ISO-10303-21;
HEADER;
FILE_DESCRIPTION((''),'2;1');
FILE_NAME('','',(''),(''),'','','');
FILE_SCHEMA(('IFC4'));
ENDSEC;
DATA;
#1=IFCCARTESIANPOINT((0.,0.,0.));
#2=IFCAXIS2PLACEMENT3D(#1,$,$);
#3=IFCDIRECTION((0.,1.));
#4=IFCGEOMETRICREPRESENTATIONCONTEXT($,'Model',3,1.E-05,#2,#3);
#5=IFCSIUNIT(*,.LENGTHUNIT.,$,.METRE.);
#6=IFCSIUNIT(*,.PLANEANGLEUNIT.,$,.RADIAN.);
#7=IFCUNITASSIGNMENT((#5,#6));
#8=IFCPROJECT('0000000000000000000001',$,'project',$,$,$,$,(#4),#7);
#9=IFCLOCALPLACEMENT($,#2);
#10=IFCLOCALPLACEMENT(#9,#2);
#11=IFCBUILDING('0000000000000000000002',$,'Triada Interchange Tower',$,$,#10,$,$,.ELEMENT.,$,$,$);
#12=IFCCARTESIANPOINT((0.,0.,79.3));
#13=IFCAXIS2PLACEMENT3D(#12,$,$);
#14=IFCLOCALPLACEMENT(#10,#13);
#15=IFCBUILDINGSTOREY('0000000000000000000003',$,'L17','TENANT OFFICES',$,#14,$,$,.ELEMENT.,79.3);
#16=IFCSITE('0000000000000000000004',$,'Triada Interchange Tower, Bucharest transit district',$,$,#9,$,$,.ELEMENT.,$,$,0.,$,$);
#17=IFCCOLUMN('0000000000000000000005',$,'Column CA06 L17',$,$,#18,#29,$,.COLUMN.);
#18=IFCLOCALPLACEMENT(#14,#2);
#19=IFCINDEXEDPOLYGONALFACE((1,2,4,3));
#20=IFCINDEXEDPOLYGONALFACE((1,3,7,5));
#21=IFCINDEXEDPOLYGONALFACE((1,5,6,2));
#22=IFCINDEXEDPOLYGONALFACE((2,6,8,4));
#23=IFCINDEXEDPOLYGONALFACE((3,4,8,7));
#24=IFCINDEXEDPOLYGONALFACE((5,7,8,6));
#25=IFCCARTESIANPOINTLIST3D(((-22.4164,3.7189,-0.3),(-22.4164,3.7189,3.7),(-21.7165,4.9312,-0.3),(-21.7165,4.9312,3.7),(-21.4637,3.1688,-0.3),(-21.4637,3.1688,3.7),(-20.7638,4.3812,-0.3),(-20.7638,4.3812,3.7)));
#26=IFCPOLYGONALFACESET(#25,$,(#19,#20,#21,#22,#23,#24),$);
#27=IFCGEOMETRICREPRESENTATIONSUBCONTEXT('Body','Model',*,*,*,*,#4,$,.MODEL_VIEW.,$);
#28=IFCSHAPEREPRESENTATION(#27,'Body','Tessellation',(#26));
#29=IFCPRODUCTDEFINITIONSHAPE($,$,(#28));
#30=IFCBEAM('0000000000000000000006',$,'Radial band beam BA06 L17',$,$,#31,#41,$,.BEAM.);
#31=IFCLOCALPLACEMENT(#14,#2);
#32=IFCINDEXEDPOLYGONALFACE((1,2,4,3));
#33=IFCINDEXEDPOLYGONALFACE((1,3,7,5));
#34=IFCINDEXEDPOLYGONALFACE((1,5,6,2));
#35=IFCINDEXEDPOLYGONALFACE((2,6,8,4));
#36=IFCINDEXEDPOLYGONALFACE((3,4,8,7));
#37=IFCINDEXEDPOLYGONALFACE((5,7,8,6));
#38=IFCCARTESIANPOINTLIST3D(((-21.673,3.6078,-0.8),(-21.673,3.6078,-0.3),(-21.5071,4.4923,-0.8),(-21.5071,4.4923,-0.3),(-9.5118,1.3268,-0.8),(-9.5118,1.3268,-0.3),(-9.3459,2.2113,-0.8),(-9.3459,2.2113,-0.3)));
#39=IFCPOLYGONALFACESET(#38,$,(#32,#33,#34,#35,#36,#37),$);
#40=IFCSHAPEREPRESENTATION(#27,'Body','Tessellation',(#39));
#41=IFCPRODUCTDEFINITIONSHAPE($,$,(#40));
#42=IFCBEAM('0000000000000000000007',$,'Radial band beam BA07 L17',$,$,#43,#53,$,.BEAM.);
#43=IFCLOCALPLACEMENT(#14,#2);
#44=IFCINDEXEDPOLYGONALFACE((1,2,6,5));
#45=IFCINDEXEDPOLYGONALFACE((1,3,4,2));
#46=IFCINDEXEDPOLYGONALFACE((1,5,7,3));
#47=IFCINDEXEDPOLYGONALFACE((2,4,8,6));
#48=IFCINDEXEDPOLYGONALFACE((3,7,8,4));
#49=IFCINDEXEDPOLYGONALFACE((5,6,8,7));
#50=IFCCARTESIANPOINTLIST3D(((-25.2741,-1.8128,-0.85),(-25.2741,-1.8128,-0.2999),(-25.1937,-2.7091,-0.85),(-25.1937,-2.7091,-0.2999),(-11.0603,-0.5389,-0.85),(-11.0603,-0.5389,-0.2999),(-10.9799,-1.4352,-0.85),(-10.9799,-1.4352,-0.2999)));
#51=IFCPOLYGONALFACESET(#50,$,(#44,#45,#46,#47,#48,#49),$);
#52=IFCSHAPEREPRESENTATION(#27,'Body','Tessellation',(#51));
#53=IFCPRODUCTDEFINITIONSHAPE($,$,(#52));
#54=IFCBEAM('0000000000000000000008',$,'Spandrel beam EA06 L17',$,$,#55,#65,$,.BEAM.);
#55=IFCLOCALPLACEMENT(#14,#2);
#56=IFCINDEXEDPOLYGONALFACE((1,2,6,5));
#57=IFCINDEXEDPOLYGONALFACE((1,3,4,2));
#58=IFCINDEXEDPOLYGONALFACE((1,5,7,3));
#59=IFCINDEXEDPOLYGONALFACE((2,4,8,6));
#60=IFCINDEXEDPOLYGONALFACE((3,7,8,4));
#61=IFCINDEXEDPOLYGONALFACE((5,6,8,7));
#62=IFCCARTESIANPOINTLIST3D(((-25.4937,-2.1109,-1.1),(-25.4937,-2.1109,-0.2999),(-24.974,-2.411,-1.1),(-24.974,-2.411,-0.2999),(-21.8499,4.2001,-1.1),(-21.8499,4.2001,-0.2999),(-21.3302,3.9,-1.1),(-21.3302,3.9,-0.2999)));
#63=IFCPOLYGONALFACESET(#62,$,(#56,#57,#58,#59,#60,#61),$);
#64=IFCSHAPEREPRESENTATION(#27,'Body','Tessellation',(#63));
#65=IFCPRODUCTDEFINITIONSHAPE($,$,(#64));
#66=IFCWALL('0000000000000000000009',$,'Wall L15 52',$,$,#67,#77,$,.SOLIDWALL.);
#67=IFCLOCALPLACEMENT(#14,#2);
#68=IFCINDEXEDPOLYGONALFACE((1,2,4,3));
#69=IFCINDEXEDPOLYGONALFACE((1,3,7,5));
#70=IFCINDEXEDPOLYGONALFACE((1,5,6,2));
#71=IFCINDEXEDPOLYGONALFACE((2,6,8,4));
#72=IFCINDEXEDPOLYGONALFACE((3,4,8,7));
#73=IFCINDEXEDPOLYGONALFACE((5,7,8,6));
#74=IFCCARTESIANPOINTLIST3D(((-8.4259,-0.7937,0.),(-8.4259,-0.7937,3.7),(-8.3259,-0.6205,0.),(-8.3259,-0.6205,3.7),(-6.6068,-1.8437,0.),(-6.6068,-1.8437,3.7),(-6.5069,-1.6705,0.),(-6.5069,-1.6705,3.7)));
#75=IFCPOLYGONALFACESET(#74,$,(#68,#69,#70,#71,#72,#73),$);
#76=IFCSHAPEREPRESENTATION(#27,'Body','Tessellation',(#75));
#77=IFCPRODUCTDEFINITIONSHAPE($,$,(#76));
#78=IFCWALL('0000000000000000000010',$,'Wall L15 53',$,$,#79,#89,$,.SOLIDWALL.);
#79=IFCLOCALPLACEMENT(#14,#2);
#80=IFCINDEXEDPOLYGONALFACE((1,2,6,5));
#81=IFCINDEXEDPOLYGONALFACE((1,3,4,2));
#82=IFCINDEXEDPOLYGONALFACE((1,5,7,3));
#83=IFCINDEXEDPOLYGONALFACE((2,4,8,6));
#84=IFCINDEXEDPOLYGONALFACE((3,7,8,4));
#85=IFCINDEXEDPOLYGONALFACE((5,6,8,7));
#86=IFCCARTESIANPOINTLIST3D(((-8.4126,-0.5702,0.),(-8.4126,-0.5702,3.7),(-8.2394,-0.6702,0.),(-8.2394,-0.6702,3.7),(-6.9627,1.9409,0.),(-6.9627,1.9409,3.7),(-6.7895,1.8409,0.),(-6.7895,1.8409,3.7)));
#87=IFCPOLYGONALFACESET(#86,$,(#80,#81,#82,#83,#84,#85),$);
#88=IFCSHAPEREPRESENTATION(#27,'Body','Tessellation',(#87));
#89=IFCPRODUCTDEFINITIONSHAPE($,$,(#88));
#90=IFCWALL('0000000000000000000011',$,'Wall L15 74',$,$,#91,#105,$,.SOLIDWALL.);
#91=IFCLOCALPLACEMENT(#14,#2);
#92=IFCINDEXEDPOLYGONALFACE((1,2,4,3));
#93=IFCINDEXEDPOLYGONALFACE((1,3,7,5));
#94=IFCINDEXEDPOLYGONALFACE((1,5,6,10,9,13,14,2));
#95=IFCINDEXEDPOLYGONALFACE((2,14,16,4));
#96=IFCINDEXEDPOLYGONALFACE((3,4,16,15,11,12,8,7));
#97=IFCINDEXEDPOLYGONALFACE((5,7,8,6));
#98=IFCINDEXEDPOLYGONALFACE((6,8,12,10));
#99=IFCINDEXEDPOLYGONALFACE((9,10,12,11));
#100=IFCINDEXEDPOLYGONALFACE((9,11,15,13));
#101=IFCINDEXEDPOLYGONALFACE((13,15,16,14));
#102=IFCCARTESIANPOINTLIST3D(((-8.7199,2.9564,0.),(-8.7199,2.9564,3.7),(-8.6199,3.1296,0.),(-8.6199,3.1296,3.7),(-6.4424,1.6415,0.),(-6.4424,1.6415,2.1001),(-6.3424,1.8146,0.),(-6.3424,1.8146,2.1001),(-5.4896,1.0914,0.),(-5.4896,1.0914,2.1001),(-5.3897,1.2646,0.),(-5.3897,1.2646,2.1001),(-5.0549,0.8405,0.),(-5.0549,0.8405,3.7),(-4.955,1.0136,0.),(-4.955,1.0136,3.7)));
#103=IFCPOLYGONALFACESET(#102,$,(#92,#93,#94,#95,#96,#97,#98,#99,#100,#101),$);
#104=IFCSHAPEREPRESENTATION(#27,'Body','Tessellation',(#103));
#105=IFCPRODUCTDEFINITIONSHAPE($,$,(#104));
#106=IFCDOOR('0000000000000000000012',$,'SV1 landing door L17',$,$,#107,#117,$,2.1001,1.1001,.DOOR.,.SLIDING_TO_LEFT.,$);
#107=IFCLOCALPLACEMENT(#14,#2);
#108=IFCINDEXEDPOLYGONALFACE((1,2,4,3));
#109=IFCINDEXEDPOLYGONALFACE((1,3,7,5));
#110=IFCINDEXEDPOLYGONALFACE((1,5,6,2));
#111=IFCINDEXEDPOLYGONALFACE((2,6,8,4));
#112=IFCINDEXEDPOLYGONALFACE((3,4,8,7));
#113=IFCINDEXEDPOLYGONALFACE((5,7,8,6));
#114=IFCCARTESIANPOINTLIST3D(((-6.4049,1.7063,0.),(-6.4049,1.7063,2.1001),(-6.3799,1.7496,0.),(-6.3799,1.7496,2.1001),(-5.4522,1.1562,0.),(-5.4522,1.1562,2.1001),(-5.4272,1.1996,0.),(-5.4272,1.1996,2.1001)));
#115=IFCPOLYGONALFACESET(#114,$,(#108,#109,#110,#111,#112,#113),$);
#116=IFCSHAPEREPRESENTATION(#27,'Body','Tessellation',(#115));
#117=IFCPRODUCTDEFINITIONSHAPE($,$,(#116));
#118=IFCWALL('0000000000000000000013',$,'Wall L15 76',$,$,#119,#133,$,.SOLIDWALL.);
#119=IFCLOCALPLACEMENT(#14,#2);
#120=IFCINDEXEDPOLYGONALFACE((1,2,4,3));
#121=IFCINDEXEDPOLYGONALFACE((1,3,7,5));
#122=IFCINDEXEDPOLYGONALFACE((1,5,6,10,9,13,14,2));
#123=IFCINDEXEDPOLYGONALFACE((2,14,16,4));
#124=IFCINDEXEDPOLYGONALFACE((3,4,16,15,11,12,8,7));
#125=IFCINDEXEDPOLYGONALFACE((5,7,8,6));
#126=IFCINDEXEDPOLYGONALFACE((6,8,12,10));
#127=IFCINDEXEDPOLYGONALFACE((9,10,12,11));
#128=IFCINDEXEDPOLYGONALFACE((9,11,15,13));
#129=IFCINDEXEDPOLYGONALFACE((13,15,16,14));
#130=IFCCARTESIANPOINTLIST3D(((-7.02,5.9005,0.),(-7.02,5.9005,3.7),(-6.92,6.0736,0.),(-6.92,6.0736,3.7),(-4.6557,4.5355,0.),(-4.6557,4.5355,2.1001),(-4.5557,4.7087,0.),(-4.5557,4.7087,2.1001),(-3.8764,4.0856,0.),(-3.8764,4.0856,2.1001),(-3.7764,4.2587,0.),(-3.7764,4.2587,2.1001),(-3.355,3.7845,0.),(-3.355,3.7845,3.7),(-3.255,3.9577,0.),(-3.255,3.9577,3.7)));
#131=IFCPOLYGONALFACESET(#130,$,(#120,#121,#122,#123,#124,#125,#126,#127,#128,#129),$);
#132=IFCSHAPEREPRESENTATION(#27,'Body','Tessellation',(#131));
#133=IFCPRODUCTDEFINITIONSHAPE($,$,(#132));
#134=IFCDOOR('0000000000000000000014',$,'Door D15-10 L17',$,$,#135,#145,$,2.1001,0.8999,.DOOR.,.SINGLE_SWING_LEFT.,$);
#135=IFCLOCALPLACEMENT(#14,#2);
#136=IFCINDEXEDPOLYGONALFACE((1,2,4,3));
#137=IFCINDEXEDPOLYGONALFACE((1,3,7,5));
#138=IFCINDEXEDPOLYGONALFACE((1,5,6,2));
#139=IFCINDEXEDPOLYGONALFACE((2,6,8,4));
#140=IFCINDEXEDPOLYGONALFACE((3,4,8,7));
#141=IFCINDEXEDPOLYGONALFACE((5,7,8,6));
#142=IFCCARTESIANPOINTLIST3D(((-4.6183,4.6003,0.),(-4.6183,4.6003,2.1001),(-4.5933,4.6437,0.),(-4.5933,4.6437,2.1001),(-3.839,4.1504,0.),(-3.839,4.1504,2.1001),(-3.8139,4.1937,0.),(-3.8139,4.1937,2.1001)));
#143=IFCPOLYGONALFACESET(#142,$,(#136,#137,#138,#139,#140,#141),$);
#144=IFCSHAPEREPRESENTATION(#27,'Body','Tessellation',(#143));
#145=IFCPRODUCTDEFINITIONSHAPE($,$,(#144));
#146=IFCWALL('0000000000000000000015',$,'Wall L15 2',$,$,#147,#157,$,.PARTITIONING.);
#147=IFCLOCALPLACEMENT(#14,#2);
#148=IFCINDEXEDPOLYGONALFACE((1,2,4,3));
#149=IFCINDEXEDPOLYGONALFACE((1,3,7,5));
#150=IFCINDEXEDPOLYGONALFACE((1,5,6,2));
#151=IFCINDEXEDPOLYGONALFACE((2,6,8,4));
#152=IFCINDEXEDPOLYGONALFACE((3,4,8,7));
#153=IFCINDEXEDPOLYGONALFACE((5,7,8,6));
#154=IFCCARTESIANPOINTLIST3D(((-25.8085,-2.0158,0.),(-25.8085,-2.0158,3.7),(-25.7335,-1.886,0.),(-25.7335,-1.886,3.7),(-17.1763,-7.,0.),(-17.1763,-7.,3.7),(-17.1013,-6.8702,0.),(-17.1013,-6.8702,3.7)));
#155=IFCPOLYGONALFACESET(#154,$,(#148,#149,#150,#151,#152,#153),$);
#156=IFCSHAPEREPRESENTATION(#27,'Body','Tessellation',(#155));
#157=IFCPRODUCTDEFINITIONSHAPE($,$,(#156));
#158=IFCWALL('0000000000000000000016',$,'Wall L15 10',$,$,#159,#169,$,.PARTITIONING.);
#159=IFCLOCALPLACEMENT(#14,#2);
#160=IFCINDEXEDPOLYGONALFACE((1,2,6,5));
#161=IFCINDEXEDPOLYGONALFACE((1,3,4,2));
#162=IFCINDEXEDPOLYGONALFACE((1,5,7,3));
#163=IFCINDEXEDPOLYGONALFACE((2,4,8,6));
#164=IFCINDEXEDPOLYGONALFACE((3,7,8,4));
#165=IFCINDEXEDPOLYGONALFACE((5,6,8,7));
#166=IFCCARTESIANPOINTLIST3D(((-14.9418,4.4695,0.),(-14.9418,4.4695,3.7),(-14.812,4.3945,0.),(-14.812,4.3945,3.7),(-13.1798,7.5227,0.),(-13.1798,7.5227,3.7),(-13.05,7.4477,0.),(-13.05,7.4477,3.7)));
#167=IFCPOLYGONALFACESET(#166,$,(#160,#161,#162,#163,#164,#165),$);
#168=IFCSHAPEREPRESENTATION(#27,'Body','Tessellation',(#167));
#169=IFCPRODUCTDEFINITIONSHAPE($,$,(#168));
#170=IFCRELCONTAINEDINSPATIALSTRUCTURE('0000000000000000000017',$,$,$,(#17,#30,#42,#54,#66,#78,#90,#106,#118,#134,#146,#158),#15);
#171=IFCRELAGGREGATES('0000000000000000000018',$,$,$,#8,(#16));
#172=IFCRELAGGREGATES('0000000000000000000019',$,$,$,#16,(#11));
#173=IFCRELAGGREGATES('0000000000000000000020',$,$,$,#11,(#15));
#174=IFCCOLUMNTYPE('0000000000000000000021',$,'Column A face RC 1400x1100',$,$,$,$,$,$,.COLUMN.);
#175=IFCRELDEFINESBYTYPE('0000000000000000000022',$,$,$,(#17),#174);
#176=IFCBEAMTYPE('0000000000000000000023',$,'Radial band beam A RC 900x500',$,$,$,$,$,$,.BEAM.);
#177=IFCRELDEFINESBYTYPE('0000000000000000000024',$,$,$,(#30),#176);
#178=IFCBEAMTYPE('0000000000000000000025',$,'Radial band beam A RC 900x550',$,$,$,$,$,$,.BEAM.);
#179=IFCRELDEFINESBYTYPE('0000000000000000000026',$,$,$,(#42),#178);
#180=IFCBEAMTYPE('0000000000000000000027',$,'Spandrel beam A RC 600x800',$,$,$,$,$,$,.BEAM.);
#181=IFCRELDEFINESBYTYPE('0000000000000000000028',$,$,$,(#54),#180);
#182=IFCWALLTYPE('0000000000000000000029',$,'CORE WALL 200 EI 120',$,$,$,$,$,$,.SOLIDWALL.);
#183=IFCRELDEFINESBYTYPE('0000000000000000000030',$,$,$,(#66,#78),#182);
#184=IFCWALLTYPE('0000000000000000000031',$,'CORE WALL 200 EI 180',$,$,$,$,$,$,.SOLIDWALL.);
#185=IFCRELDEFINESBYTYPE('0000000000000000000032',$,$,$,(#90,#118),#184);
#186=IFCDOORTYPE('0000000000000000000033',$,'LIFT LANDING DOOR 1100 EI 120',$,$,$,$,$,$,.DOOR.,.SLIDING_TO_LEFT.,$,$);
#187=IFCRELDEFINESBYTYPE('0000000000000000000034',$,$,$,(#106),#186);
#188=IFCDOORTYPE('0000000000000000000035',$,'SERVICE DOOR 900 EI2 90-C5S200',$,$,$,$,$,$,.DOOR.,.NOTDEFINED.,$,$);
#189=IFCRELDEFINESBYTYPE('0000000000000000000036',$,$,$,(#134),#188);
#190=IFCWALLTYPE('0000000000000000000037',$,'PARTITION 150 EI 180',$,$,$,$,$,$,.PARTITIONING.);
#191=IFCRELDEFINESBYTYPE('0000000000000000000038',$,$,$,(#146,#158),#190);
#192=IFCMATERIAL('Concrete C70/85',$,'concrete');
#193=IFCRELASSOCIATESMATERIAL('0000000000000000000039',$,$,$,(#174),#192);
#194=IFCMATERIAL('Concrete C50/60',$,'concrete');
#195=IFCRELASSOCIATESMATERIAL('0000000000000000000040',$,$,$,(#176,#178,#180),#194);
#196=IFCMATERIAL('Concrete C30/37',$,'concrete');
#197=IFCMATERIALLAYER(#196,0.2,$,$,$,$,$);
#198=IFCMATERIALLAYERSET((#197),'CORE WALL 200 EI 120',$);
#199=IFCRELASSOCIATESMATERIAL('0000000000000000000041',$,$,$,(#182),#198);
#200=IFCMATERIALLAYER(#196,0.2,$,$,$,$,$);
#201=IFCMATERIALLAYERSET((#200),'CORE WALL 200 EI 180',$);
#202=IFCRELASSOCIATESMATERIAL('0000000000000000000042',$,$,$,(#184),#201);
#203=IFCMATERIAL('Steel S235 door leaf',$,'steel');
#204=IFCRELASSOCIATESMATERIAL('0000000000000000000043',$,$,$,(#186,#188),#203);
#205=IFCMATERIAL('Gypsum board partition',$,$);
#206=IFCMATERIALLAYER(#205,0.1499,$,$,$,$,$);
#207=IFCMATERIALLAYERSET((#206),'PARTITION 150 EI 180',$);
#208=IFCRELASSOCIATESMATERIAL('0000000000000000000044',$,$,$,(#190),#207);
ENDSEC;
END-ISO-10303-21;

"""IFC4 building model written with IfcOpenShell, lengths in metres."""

from ifc_helpers import new_model, si_unit, direction, frame, frame_2d, origin, origin_2d, place, context, subcontext, project, spatial, rectangle, extrude, material, layer, layer_set, material_profile, profile_set, type_object, element, fill, save


model = new_model("IFC4")

# Units and contexts
model_context = context("Model", 3, precision=1e-05, world=origin(), true_north=direction((0.0, 1.0)))
body_context = subcontext(model_context, "Body", "Model", "MODEL_VIEW")
ifc_project = project(units=[si_unit("LENGTHUNIT", "METRE"), si_unit("PLANEANGLEUNIT", "RADIAN")], contexts=[model_context])

# Site, building, storey
site_placement = place(None, origin())
site = spatial("IfcSite", under=ifc_project, at=site_placement, Name="Triada Interchange Tower, Bucharest transit district", CompositionType="ELEMENT", RefElevation=0.0)
building_placement = place(site_placement, origin())
building = spatial("IfcBuilding", under=site, at=building_placement, Name="Triada Interchange Tower", CompositionType="ELEMENT")
storey_placement = place(building_placement, frame((0.0, 0.0, 79.3)))
storey = spatial("IfcBuildingStorey", under=building, at=storey_placement, Name="L17", Description="TENANT OFFICES", CompositionType="ELEMENT", Elevation=79.3)

# Column
ifc_material_1 = material(Name="Concrete C70/85", Category="concrete")
ifc_material_profile_1 = material_profile(ifc_material_1, rectangle(XDim=1.3999, YDim=1.1001, at=origin_2d()), Name="RC 1400x1100")
ifc_profile_set_1 = profile_set([ifc_material_profile_1], Name="Concrete C70/85")
column_type = type_object("IfcColumnType", Name="Column A face RC 1400x1100", PredefinedType="COLUMN", material=ifc_profile_set_1)
column_placement = place(storey_placement, frame((-21.5901, 4.05, -0.3), z_axis=(0.0, 0.0, 1.0), x_axis=(0.5, 0.866025, 0.0)))
element("IfcColumn", 1, at=column_placement, inside=storey, type_object=column_type, Name="Column CA06 L17", PredefinedType="COLUMN", context=body_context, shape_type="SweptSolid", body=[
    extrude(rectangle(XDim=1.3999, YDim=1.1001, at=origin_2d()), origin(), (0.0, 0.0, 1.0), 4.0),
])

# Beams
ifc_material_2 = material(Name="Concrete C50/60", Category="concrete")
ifc_material_profile_2 = material_profile(ifc_material_2, rectangle(XDim=0.8999, YDim=0.5, at=origin_2d()), Name="RC 900x500")
ifc_profile_set_2 = profile_set([ifc_material_profile_2], Name="Concrete C50/60")
beam_type_1 = type_object("IfcBeamType", Name="Radial band beam A RC 900x500", PredefinedType="BEAM", material=ifc_profile_set_2)
beam_1_placement = place(storey_placement, frame((-21.5901, 4.05, -0.55), z_axis=(0.982861, -0.18435, 0.0), x_axis=(0.18435, 0.982861, 0.0)))
element("IfcBeam", 2, at=beam_1_placement, inside=storey, type_object=beam_type_1, Name="Radial band beam BA06 L17", PredefinedType="BEAM", context=body_context, shape_type="SweptSolid", body=[
    extrude(rectangle(XDim=0.8999, YDim=0.5, at=origin_2d()), origin(), (0.0, 0.0, 1.0), 12.3733),
])
ifc_material_profile_3 = material_profile(ifc_material_2, rectangle(XDim=0.8999, YDim=0.55, at=origin_2d()), Name="RC 900x550")
ifc_profile_set_3 = profile_set([ifc_material_profile_3], Name="Concrete C50/60")
beam_type_2 = type_object("IfcBeamType", Name="Radial band beam A RC 900x550", PredefinedType="BEAM", material=ifc_profile_set_3)
beam_2_placement = place(storey_placement, frame((-25.2339, -2.261, -0.575), z_axis=(0.996008, 0.089268, 0.0), x_axis=(-0.089268, 0.996008, 0.0)))
element("IfcBeam", 3, at=beam_2_placement, inside=storey, type_object=beam_type_2, Name="Radial band beam BA07 L17", PredefinedType="BEAM", context=body_context, shape_type="SweptSolid", body=[
    extrude(rectangle(XDim=0.8999, YDim=0.55, at=origin_2d()), origin(), (0.0, 0.0, 1.0), 14.2708),
])
ifc_material_profile_4 = material_profile(ifc_material_2, rectangle(XDim=0.6001, YDim=0.8, at=origin_2d()), Name="RC 600x800")
ifc_profile_set_4 = profile_set([ifc_material_profile_4], Name="Concrete C50/60")
beam_type_3 = type_object("IfcBeamType", Name="Spandrel beam A RC 600x800", PredefinedType="BEAM", material=ifc_profile_set_4)
beam_3_placement = place(storey_placement, frame((-21.5901, 4.05, -0.7), z_axis=(-0.500012, -0.866018, 0.0), x_axis=(0.866018, -0.500012, 0.0)))
element("IfcBeam", 4, at=beam_3_placement, inside=storey, type_object=beam_type_3, Name="Spandrel beam EA06 L17", PredefinedType="BEAM", context=body_context, shape_type="SweptSolid", body=[
    extrude(rectangle(XDim=0.6001, YDim=0.8, at=origin_2d()), origin(), (0.0, 0.0, 1.0), 7.2874),
])

# Walls
ifc_material_3 = material(Name="Concrete C30/37", Category="concrete")
ifc_layer_1 = layer(ifc_material_3, 0.2)
ifc_layer_set_1 = layer_set([ifc_layer_1], Name="CORE WALL 200 EI 120")
wall_type_1 = type_object("IfcWallType", Name="CORE WALL 200 EI 120", PredefinedType="SOLIDWALL", material=ifc_layer_set_1)
wall_1_placement = place(storey_placement, frame((-8.376, -0.707, 0.0), z_axis=(0.0, 0.0, 1.0), x_axis=(0.866068, -0.499927, 0.0)))
element("IfcWall", 5, at=wall_1_placement, inside=storey, type_object=wall_type_1, Name="Wall L15 52", PredefinedType="SOLIDWALL", context=body_context, shape_type="SweptSolid", body=[
    extrude(rectangle(XDim=2.1003, YDim=0.2, at=frame_2d((1.0503, 0.0))), origin(), (0.0, 0.0, 1.0), 3.7),
])
wall_2_placement = place(storey_placement, frame((-8.3259, -0.6201, 0.0), z_axis=(0.0, 0.0, 1.0), x_axis=(0.500024, 0.866012, 0.0)))
element("IfcWall", 6, at=wall_2_placement, inside=storey, type_object=wall_type_1, Name="Wall L15 53", PredefinedType="SOLIDWALL", context=body_context, shape_type="SweptSolid", body=[
    extrude(rectangle(XDim=2.8997, YDim=0.2, at=frame_2d((1.4497, 0.0))), origin(), (0.0, 0.0, 1.0), 3.7),
])

# Walls, openings, doors
ifc_layer_2 = layer(ifc_material_3, 0.2)
ifc_layer_set_2 = layer_set([ifc_layer_2], Name="CORE WALL 200 EI 180")
wall_type_2 = type_object("IfcWallType", Name="CORE WALL 200 EI 180", PredefinedType="SOLIDWALL", material=ifc_layer_set_2)
wall_3_placement = place(storey_placement, frame((-8.6699, 3.043, 0.0), z_axis=(0.0, 0.0, 1.0), x_axis=(0.86603, -0.499992, 0.0)))
wall_3 = element("IfcWall", 7, at=wall_3_placement, inside=storey, type_object=wall_type_2, Name="Wall L15 74", PredefinedType="SOLIDWALL", context=body_context, shape_type="SweptSolid", body=[
    extrude(rectangle(XDim=4.2319, YDim=0.2, at=frame_2d((2.116, 0.0))), origin(), (0.0, 0.0, 1.0), 3.7),
])
opening_1_placement = place(wall_3_placement, frame((2.6299, 0.0, 0.0)))
opening_1 = element("IfcOpeningElement", 8, at=opening_1_placement, cuts=wall_3, PredefinedType="OPENING", context=body_context, shape_type="SweptSolid", body=[
    extrude(rectangle(XDim=1.1001, YDim=2.1001, at=frame_2d((0.55, 1.05))), frame((0.0, 0.1099, 0.0), z_axis=(0.0, -1.0, 0.0), x_axis=(1.0, 0.0, 0.0)), (0.0, 0.0, 1.0), 0.22),
])
ifc_material_4 = material(Name="Steel S235 door leaf", Category="steel")
door_type_1 = type_object("IfcDoorType", Name="LIFT LANDING DOOR 1100 EI 120", OperationType="SLIDING_TO_LEFT", PredefinedType="DOOR", material=ifc_material_4)
door_1_placement = place(opening_1_placement, origin())
door_1 = element("IfcDoor", 9, at=door_1_placement, inside=storey, type_object=door_type_1, Name="SV1 landing door L17", OperationType="SLIDING_TO_LEFT", OverallHeight=2.1001, OverallWidth=1.1001, PredefinedType="DOOR", context=body_context, shape_type="SweptSolid", body=[
    extrude(rectangle(XDim=1.1001, YDim=2.1001, at=frame_2d((0.55, 1.05))), frame((0.0, 0.0249, 0.0), z_axis=(0.0, -1.0, 0.0), x_axis=(1.0, 0.0, 0.0)), (0.0, 0.0, 1.0), 0.05),
])
fill(opening_1, door_1)
wall_4_placement = place(storey_placement, frame((-6.97, 5.9871, 0.0), z_axis=(0.0, 0.0, 1.0), x_axis=(0.86603, -0.499992, 0.0)))
wall_4 = element("IfcWall", 10, at=wall_4_placement, inside=storey, type_object=wall_type_2, Name="Wall L15 76", PredefinedType="SOLIDWALL", context=body_context, shape_type="SweptSolid", body=[
    extrude(rectangle(XDim=4.2319, YDim=0.2, at=frame_2d((2.116, 0.0))), origin(), (0.0, 0.0, 1.0), 3.7),
])
opening_2_placement = place(wall_4_placement, frame((2.73, 0.0, 0.0)))
opening_2 = element("IfcOpeningElement", 11, at=opening_2_placement, cuts=wall_4, PredefinedType="OPENING", context=body_context, shape_type="SweptSolid", body=[
    extrude(rectangle(XDim=0.8999, YDim=2.1001, at=frame_2d((0.45, 1.05))), frame((0.0, 0.1099, 0.0), z_axis=(0.0, -1.0, 0.0), x_axis=(1.0, 0.0, 0.0)), (0.0, 0.0, 1.0), 0.22),
])
door_type_2 = type_object("IfcDoorType", Name="SERVICE DOOR 900 EI2 90-C5S200", OperationType="NOTDEFINED", PredefinedType="DOOR", material=ifc_material_4)
door_2_placement = place(opening_2_placement, origin())
door_2 = element("IfcDoor", 12, at=door_2_placement, inside=storey, type_object=door_type_2, Name="Door D15-10 L17", OperationType="SINGLE_SWING_LEFT", OverallHeight=2.1001, OverallWidth=0.8999, PredefinedType="DOOR", context=body_context, shape_type="SweptSolid", body=[
    extrude(rectangle(XDim=0.8999, YDim=2.1001, at=frame_2d((0.45, 1.05))), frame((0.0, 0.0249, 0.0), z_axis=(0.0, -1.0, 0.0), x_axis=(1.0, 0.0, 0.0)), (0.0, 0.0, 1.0), 0.05),
])
fill(opening_2, door_2)

# Walls
ifc_material_5 = material(Name="Gypsum board partition")
ifc_layer_3 = layer(ifc_material_5, 0.1499)
ifc_layer_set_3 = layer_set([ifc_layer_3], Name="PARTITION 150 EI 180")
wall_type_3 = type_object("IfcWallType", Name="PARTITION 150 EI 180", PredefinedType="PARTITIONING", material=ifc_layer_set_3)
wall_5_placement = place(storey_placement, frame((-25.771, -1.9509, 0.0), z_axis=(0.0, 0.0, 1.0), x_axis=(0.866008, -0.50003, 0.0)))
element("IfcWall", 13, at=wall_5_placement, inside=storey, type_object=wall_type_3, Name="Wall L15 2", PredefinedType="PARTITIONING", context=body_context, shape_type="SweptSolid", body=[
    extrude(rectangle(XDim=9.9678, YDim=0.1499, at=frame_2d((4.9839, 0.0))), origin(), (0.0, 0.0, 1.0), 3.7),
])
wall_6_placement = place(storey_placement, frame((-14.877, 4.4319, 0.0), z_axis=(0.0, 0.0, 1.0), x_axis=(0.499826, 0.866126, 0.0)))
element("IfcWall", 14, at=wall_6_placement, inside=storey, type_object=wall_type_3, Name="Wall L15 10", PredefinedType="PARTITIONING", context=body_context, shape_type="SweptSolid", body=[
    extrude(rectangle(XDim=3.5251, YDim=0.1499, at=frame_2d((1.7627, 0.0))), origin(), (0.0, 0.0, 1.0), 3.7),
])

save(model, "model.ifc")
